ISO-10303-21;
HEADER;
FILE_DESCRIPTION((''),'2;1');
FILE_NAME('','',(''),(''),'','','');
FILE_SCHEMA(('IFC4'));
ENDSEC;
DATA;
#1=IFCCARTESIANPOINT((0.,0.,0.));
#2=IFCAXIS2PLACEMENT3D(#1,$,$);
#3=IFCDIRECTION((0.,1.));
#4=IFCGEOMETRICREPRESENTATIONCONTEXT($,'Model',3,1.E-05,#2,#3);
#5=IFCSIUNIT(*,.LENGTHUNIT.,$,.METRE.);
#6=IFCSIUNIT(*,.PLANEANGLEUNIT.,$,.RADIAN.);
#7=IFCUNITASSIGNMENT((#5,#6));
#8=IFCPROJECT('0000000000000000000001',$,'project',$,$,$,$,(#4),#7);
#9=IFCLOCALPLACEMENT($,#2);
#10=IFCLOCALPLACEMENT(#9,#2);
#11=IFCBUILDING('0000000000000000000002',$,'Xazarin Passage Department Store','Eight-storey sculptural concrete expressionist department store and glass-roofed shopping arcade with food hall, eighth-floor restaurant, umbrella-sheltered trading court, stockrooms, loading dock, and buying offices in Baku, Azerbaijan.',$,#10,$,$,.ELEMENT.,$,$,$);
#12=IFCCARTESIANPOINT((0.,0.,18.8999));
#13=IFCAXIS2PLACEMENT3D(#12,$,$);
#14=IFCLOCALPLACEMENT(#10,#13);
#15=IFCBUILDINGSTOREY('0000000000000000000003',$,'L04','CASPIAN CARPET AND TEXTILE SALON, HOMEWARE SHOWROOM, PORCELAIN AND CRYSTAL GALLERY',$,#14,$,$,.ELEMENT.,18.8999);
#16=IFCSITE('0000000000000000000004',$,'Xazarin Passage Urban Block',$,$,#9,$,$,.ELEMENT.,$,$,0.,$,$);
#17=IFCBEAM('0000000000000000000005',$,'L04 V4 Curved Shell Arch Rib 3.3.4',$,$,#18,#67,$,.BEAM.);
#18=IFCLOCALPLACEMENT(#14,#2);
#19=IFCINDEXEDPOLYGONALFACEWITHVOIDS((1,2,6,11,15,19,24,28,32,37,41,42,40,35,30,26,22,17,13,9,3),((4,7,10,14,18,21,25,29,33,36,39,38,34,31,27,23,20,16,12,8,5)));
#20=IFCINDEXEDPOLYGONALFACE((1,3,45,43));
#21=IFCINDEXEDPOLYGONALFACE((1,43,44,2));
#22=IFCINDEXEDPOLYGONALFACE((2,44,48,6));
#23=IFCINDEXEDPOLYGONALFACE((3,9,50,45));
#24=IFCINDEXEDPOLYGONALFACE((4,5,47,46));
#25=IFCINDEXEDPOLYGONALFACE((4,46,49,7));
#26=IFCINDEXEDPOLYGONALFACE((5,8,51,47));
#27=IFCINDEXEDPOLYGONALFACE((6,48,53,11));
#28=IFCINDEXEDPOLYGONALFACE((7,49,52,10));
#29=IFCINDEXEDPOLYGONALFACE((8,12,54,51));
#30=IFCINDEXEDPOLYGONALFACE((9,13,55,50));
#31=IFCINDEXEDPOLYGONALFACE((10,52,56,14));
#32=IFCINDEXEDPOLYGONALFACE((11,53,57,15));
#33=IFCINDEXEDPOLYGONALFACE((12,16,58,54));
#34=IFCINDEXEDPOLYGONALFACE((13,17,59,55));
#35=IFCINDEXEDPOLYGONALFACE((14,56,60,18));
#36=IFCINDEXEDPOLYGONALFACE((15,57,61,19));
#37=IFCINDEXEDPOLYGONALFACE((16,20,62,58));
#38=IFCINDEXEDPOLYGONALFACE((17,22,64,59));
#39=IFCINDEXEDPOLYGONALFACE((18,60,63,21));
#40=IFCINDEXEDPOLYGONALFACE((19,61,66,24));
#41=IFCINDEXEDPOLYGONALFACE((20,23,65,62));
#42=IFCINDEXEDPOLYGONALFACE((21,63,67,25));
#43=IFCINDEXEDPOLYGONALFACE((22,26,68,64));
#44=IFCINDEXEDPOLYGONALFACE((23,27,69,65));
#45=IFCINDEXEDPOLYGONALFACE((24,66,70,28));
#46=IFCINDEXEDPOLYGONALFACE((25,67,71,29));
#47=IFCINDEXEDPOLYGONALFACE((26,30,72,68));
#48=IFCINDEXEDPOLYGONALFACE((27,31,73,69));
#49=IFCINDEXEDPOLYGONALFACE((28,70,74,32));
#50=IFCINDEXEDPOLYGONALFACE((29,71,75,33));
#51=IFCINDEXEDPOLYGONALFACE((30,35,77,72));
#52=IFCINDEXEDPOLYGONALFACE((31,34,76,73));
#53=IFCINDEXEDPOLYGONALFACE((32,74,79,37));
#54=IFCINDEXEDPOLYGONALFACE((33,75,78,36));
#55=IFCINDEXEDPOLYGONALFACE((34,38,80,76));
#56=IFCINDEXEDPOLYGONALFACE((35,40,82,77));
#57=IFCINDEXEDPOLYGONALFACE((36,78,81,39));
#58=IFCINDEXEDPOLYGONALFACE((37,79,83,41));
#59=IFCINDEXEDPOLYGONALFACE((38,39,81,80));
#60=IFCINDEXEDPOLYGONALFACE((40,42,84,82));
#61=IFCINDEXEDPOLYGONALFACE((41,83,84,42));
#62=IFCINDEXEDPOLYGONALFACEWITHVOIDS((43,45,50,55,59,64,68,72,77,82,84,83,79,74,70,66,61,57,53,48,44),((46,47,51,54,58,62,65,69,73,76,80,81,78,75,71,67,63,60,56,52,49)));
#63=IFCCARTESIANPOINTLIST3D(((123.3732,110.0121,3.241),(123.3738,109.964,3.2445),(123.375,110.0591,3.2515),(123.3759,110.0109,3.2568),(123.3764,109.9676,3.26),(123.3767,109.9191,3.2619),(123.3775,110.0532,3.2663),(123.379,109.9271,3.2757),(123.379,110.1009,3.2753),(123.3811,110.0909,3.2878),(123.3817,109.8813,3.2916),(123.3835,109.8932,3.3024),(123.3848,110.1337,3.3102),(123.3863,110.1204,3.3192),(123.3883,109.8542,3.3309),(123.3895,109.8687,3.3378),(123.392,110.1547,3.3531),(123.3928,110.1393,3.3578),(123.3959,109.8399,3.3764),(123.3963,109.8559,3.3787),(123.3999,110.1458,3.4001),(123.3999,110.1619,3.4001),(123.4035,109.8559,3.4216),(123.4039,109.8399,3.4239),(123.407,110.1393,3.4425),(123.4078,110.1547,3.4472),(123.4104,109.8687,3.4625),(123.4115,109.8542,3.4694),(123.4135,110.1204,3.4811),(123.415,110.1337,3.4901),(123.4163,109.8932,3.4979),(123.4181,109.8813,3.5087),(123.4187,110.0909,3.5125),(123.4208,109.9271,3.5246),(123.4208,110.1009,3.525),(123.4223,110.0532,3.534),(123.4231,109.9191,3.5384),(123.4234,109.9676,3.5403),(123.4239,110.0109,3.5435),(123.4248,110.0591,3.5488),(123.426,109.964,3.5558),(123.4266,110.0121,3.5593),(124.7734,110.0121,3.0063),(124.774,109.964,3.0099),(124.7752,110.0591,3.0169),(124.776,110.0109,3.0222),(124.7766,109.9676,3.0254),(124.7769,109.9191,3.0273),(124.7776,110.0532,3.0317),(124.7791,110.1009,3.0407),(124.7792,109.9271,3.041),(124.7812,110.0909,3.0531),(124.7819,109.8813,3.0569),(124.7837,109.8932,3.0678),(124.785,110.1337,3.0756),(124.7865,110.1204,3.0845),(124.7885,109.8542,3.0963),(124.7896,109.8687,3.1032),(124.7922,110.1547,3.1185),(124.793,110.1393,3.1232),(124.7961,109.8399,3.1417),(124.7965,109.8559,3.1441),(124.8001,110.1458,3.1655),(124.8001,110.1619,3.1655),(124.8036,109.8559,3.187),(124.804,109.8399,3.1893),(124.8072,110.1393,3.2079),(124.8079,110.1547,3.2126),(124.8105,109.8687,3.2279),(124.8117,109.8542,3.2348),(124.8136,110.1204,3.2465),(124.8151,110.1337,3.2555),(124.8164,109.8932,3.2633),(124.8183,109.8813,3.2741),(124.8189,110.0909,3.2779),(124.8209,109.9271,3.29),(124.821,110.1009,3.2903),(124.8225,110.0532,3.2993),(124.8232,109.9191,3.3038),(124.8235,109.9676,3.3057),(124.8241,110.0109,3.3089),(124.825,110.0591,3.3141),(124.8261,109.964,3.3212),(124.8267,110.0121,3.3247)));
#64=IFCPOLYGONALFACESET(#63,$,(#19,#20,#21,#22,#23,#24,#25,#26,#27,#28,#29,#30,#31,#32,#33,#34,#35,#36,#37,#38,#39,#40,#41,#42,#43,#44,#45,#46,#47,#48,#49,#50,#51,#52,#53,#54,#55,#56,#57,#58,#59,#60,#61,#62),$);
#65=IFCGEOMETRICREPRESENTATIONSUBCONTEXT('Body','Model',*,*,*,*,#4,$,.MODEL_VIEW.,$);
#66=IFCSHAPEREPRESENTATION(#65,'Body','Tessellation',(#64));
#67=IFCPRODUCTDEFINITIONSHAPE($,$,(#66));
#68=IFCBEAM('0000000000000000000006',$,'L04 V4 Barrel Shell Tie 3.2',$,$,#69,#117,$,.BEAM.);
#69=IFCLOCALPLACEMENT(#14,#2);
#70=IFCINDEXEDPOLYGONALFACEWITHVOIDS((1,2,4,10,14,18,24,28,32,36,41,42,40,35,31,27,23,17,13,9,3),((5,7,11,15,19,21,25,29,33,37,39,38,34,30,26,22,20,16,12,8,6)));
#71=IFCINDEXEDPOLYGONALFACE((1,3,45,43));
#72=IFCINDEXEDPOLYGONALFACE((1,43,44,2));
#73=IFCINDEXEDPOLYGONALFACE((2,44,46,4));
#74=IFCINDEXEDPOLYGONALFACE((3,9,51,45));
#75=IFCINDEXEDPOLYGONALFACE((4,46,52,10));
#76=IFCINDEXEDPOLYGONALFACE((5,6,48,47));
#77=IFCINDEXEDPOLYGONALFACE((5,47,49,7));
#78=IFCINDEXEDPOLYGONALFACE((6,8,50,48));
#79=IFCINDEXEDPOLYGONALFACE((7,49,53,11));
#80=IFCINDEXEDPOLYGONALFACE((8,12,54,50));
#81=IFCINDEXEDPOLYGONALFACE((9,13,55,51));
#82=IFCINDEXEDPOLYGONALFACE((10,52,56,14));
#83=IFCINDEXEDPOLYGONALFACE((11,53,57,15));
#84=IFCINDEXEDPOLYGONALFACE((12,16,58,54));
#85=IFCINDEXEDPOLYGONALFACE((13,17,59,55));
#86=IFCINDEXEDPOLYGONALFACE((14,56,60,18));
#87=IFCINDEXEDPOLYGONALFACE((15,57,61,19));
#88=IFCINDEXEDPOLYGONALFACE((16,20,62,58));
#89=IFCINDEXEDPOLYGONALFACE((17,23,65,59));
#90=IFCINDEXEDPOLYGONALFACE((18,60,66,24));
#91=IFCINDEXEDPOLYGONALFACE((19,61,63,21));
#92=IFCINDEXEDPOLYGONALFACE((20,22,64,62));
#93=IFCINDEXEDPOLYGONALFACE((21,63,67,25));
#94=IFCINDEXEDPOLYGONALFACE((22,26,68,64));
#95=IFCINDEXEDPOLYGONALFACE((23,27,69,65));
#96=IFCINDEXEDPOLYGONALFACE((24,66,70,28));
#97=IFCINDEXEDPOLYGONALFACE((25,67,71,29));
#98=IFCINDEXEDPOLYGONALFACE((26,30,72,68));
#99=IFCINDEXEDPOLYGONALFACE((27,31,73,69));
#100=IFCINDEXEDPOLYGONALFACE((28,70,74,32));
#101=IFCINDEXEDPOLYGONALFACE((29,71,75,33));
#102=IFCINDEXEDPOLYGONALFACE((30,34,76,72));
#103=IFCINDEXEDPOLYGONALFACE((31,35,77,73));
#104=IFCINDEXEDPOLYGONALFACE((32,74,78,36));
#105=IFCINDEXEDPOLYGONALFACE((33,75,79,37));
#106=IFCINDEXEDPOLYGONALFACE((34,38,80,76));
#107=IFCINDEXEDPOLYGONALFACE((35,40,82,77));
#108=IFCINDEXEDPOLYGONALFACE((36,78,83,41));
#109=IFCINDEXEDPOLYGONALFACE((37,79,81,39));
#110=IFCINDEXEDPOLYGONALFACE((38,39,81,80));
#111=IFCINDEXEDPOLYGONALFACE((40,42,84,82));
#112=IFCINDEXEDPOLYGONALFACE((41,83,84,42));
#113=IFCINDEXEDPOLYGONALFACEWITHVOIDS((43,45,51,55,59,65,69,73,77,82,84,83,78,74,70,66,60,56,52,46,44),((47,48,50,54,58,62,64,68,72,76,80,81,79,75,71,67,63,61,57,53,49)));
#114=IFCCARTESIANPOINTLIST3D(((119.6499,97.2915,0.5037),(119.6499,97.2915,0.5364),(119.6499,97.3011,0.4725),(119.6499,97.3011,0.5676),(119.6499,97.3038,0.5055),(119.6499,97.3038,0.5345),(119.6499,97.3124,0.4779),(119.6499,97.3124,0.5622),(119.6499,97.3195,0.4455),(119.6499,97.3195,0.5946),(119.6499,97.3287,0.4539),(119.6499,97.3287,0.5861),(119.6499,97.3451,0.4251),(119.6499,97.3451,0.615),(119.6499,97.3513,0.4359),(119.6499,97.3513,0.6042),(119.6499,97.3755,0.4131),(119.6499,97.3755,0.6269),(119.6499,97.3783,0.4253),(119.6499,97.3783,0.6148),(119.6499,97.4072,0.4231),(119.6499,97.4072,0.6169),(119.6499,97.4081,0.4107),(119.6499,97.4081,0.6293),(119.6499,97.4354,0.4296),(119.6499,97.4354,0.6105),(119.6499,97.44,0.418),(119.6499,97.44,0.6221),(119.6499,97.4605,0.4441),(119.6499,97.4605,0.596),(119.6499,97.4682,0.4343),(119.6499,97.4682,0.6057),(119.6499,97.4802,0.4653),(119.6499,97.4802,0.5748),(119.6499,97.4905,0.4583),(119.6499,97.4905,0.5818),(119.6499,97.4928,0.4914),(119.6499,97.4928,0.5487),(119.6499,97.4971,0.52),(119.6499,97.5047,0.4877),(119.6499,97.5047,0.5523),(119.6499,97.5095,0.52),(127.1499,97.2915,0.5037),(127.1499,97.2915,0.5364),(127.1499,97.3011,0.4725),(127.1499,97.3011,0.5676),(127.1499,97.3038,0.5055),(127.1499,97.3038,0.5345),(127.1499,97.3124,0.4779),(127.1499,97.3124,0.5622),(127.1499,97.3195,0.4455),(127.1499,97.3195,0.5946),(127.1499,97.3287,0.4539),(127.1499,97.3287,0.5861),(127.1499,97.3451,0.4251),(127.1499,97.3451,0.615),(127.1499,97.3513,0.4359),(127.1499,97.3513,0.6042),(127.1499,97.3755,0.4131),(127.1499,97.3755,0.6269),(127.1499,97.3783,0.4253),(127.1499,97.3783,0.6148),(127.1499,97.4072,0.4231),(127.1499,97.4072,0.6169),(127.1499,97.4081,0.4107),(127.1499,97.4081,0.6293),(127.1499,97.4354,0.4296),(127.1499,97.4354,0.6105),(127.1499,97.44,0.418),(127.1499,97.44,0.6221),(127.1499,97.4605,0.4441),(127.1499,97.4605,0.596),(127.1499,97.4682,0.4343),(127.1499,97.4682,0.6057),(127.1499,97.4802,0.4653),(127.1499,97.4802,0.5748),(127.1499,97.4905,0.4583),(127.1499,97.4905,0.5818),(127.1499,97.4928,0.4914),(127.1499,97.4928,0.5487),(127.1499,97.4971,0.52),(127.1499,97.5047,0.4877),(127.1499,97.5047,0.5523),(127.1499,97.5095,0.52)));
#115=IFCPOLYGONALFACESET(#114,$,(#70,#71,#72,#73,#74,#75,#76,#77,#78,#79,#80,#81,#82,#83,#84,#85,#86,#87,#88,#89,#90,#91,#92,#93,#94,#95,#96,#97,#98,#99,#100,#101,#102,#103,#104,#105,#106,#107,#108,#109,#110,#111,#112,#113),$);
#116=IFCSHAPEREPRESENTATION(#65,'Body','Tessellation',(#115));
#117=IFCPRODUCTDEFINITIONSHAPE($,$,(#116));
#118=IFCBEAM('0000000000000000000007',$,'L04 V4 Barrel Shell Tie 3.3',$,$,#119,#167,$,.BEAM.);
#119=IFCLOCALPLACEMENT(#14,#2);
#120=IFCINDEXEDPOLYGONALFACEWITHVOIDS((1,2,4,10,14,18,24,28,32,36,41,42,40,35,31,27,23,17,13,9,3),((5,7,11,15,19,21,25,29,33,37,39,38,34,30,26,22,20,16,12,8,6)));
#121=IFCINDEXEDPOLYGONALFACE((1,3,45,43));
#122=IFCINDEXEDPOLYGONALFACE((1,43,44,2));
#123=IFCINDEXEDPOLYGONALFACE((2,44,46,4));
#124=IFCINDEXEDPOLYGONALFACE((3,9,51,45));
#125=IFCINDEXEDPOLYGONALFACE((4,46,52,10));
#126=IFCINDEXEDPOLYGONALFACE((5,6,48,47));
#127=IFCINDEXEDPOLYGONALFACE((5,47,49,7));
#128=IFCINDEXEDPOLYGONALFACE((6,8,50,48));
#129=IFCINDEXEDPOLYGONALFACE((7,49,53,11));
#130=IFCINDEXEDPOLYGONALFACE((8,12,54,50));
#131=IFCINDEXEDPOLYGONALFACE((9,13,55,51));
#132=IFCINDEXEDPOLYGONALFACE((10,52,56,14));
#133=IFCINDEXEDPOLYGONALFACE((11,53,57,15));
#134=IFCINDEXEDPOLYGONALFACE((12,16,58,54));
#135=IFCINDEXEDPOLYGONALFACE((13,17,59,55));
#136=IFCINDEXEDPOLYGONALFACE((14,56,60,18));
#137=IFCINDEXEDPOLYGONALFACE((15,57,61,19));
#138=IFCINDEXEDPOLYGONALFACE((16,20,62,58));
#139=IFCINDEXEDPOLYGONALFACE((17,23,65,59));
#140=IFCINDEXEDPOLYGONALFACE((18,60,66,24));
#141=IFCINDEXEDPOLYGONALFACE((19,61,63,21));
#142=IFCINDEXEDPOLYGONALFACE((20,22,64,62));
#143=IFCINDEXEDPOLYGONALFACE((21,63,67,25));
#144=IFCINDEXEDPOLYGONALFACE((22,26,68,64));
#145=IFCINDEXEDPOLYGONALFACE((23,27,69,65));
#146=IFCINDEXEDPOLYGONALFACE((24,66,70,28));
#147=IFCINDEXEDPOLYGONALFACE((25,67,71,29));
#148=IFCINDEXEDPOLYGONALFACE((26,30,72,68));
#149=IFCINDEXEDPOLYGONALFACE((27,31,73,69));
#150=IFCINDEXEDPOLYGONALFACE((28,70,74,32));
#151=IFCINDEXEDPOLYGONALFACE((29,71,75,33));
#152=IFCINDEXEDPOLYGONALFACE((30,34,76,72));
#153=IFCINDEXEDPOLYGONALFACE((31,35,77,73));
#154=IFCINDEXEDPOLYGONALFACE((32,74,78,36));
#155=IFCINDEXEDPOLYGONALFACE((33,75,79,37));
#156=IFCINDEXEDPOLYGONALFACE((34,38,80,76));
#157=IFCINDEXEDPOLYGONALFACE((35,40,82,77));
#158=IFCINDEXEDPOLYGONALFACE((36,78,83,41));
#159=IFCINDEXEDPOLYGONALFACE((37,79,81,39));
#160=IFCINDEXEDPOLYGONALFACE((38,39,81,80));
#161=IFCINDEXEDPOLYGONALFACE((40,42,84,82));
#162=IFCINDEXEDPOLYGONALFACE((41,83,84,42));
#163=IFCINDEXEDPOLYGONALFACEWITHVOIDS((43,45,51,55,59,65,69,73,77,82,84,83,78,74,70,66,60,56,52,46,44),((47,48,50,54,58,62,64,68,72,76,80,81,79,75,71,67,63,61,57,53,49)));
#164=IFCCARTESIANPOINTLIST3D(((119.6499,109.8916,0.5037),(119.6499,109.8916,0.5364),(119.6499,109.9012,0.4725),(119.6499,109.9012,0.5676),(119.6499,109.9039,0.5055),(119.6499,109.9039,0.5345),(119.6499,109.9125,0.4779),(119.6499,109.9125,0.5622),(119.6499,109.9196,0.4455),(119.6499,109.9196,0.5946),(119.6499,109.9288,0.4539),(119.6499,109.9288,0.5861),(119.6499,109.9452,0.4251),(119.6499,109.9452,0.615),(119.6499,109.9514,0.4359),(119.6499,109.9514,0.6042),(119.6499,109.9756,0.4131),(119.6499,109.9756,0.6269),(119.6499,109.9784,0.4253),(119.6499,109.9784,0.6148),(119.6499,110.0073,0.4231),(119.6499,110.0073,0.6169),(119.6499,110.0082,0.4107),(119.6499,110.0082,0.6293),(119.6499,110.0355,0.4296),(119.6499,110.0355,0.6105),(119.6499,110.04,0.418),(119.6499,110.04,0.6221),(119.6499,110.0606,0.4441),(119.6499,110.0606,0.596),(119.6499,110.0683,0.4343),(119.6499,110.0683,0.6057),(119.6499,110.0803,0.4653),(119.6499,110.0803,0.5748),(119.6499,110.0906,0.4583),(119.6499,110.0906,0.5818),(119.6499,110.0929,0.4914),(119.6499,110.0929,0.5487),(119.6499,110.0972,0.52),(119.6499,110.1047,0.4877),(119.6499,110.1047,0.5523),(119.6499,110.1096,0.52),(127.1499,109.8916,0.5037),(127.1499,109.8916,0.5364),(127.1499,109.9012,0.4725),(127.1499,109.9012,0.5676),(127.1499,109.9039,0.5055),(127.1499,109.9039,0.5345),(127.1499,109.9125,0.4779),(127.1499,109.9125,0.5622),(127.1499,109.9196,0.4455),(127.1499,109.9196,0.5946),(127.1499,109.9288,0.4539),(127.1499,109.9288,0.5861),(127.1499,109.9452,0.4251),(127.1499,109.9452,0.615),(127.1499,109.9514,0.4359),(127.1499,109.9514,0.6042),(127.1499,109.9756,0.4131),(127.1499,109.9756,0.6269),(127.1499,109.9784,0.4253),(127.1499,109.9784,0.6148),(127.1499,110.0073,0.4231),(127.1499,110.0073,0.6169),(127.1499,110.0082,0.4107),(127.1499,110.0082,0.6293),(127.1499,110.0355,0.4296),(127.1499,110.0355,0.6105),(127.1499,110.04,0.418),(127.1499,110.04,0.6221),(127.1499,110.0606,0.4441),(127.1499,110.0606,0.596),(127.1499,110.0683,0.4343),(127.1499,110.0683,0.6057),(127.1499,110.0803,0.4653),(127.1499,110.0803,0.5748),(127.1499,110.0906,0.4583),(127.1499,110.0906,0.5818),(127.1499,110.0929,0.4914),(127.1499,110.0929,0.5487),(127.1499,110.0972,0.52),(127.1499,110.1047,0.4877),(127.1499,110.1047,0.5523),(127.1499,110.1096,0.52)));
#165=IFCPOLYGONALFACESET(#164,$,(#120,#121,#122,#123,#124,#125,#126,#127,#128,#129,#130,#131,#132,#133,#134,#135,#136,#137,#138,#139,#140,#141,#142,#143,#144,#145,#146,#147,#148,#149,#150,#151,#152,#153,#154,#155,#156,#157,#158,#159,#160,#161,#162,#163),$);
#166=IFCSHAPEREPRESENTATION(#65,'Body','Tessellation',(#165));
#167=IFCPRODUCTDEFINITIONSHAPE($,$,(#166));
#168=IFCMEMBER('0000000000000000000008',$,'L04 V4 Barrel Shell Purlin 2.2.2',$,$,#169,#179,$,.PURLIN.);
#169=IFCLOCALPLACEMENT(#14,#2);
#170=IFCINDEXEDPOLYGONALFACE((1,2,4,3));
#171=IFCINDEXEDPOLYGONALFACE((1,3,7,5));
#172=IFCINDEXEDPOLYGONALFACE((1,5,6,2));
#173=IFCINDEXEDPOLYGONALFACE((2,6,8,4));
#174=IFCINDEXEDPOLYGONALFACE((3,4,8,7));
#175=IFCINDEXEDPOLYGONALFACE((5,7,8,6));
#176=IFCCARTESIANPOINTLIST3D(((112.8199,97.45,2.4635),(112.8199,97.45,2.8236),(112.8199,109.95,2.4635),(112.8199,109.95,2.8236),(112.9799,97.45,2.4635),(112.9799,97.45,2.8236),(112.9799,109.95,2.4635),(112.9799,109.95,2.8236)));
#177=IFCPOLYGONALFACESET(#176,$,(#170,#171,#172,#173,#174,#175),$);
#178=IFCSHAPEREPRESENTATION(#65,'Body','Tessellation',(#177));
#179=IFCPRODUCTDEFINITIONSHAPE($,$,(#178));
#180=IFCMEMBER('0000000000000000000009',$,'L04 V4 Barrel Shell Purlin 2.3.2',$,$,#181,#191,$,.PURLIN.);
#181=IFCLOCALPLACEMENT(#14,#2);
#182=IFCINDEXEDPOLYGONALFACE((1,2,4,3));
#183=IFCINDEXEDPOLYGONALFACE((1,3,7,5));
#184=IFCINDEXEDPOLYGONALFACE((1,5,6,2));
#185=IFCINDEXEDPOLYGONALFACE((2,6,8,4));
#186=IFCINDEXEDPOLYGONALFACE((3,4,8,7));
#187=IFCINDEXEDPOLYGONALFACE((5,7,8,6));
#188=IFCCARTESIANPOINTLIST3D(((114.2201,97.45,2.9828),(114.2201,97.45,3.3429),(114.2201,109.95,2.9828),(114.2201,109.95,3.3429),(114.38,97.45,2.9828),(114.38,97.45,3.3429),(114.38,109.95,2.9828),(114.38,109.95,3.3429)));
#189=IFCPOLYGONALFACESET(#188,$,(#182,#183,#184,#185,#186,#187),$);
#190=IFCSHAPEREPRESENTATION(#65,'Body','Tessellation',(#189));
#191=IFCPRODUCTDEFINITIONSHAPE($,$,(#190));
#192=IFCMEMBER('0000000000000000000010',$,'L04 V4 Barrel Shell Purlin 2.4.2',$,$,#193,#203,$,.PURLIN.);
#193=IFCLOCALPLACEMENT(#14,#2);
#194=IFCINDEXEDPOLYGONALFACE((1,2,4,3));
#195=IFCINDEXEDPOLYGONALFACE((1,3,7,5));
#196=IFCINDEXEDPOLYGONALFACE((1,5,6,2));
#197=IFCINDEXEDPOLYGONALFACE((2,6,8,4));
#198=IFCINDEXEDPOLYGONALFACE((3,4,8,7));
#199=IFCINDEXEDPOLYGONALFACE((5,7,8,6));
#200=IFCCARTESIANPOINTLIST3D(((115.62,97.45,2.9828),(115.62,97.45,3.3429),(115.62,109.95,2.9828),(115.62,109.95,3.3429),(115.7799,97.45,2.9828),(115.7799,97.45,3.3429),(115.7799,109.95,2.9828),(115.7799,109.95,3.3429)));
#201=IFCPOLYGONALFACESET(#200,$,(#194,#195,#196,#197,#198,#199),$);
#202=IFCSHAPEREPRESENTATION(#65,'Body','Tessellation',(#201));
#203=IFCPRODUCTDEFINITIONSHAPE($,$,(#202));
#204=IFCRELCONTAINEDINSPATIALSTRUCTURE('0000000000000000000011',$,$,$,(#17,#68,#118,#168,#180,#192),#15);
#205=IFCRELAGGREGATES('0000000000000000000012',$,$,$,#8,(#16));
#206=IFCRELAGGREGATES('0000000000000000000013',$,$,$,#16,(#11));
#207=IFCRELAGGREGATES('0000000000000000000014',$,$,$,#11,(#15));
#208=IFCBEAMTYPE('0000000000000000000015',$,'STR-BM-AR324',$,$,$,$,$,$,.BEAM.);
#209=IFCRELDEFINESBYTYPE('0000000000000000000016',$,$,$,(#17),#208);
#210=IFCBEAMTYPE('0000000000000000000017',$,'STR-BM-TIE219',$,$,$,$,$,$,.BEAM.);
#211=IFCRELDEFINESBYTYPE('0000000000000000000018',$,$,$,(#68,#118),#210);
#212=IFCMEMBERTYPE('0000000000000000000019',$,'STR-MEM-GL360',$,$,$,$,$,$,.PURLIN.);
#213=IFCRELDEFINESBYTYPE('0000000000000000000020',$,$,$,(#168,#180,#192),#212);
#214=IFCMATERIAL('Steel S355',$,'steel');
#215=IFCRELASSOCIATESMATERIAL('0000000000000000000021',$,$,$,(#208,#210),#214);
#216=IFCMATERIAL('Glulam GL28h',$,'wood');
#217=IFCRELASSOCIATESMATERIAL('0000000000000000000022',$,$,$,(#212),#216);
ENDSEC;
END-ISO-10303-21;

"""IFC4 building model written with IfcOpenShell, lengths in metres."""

from ifc_helpers import new_model, si_unit, direction, frame, origin, origin_2d, place, context, subcontext, project, spatial, rectangle, hollow_circle, extrude, material, material_profile, profile_set, type_object, element, save


model = new_model("IFC4")

# Units and contexts
model_context = context("Model", 3, precision=1e-05, world=origin(), true_north=direction((0.0, 1.0)))
body_context = subcontext(model_context, "Body", "Model", "MODEL_VIEW")
ifc_project = project(units=[si_unit("LENGTHUNIT", "METRE"), si_unit("PLANEANGLEUNIT", "RADIAN")], contexts=[model_context])

# Site, building, storey
site_placement = place(None, origin())
site = spatial("IfcSite", under=ifc_project, at=site_placement, Name="Xazarin Passage Urban Block", CompositionType="ELEMENT", RefElevation=0.0)
building_placement = place(site_placement, origin())
building = spatial("IfcBuilding", under=site, at=building_placement, Name="Xazarin Passage Department Store", Description="Eight-storey sculptural concrete expressionist department store and glass-roofed shopping arcade with food hall, eighth-floor restaurant, umbrella-sheltered trading court, stockrooms, loading dock, and buying offices in Baku, Azerbaijan.", CompositionType="ELEMENT")
storey_placement = place(building_placement, frame((0.0, 0.0, 18.8999)))
storey = spatial("IfcBuildingStorey", under=building, at=storey_placement, Name="L04", Description="CASPIAN CARPET AND TEXTILE SALON, HOMEWARE SHOWROOM, PORCELAIN AND CRYSTAL GALLERY", CompositionType="ELEMENT", Elevation=18.8999)

# Beams
ifc_material_1 = material(Name="Steel S355", Category="steel")
ifc_material_profile_1 = material_profile(ifc_material_1, hollow_circle(Radius=0.1619, WallThickness=0.0161, at=origin_2d()), Name="CHS 323.9x16")
ifc_profile_set_1 = profile_set([ifc_material_profile_1], Name="Steel S355")
beam_type_1 = type_object("IfcBeamType", Name="STR-BM-AR324", PredefinedType="BEAM", material=ifc_profile_set_1)
beam_1_placement = place(storey_placement, frame((123.3999, 110.0, 3.4001), z_axis=(0.986249, 0.0, -0.165263), x_axis=(0.0, 1.0, 0.0)))
element("IfcBeam", 1, at=beam_1_placement, inside=storey, type_object=beam_type_1, Name="L04 V4 Curved Shell Arch Rib 3.3.4", PredefinedType="BEAM", context=body_context, shape_type="SweptSolid", body=[
    extrude(hollow_circle(Radius=0.1619, WallThickness=0.0161, at=origin_2d()), origin(), (0.0, 0.0, 1.0), 1.4197),
])
ifc_material_profile_2 = material_profile(ifc_material_1, hollow_circle(Radius=0.1096, WallThickness=0.0125, at=origin_2d()), Name="CHS 219.1x12.5")
ifc_profile_set_2 = profile_set([ifc_material_profile_2], Name="Steel S355")
beam_type_2 = type_object("IfcBeamType", Name="STR-BM-TIE219", PredefinedType="BEAM", material=ifc_profile_set_2)
for number, where, z_axis, x_axis, name in (
    (2, (119.6499, 97.3999, 0.52), (1.0, 0.0, 0.0), (0.0, 1.0, 0.0), "L04 V4 Barrel Shell Tie 3.2"),
    (3, (119.6499, 110.0, 0.52), (1.0, 0.0, 0.0), (0.0, 1.0, 0.0), "L04 V4 Barrel Shell Tie 3.3"),
):
    element("IfcBeam", number, at=place(storey_placement, frame(where, z_axis=z_axis, x_axis=x_axis)), inside=storey, type_object=beam_type_2, Name=name, PredefinedType="BEAM", context=body_context, shape_type="SweptSolid", body=[
        extrude(hollow_circle(Radius=0.1096, WallThickness=0.0125, at=origin_2d()), origin(), (0.0, 0.0, 1.0), 7.5),
    ])

# Members
ifc_material_2 = material(Name="Glulam GL28h", Category="wood")
ifc_material_profile_3 = material_profile(ifc_material_2, rectangle(XDim=0.1599, YDim=0.3601, at=origin_2d()), Name="GL28h 160x360")
ifc_profile_set_3 = profile_set([ifc_material_profile_3], Name="Glulam GL28h")
member_type = type_object("IfcMemberType", Name="STR-MEM-GL360", PredefinedType="PURLIN", material=ifc_profile_set_3)
for number, where, z_axis, x_axis, name in (
    (4, (112.8999, 97.45, 2.6436), (0.0, 1.0, 0.0), (-1.0, 0.0, 0.0), "L04 V4 Barrel Shell Purlin 2.2.2"),
    (5, (114.3, 97.45, 3.1628), (0.0, 1.0, 0.0), (-1.0, 0.0, 0.0), "L04 V4 Barrel Shell Purlin 2.3.2"),
    (6, (115.7, 97.45, 3.1628), (0.0, 1.0, 0.0), (-1.0, 0.0, 0.0), "L04 V4 Barrel Shell Purlin 2.4.2"),
):
    element("IfcMember", number, at=place(storey_placement, frame(where, z_axis=z_axis, x_axis=x_axis)), inside=storey, type_object=member_type, Name=name, PredefinedType="PURLIN", context=body_context, shape_type="SweptSolid", body=[
        extrude(rectangle(XDim=0.1599, YDim=0.3601, at=origin_2d()), origin(), (0.0, 0.0, 1.0), 12.5),
    ])

save(model, "model.ifc")
